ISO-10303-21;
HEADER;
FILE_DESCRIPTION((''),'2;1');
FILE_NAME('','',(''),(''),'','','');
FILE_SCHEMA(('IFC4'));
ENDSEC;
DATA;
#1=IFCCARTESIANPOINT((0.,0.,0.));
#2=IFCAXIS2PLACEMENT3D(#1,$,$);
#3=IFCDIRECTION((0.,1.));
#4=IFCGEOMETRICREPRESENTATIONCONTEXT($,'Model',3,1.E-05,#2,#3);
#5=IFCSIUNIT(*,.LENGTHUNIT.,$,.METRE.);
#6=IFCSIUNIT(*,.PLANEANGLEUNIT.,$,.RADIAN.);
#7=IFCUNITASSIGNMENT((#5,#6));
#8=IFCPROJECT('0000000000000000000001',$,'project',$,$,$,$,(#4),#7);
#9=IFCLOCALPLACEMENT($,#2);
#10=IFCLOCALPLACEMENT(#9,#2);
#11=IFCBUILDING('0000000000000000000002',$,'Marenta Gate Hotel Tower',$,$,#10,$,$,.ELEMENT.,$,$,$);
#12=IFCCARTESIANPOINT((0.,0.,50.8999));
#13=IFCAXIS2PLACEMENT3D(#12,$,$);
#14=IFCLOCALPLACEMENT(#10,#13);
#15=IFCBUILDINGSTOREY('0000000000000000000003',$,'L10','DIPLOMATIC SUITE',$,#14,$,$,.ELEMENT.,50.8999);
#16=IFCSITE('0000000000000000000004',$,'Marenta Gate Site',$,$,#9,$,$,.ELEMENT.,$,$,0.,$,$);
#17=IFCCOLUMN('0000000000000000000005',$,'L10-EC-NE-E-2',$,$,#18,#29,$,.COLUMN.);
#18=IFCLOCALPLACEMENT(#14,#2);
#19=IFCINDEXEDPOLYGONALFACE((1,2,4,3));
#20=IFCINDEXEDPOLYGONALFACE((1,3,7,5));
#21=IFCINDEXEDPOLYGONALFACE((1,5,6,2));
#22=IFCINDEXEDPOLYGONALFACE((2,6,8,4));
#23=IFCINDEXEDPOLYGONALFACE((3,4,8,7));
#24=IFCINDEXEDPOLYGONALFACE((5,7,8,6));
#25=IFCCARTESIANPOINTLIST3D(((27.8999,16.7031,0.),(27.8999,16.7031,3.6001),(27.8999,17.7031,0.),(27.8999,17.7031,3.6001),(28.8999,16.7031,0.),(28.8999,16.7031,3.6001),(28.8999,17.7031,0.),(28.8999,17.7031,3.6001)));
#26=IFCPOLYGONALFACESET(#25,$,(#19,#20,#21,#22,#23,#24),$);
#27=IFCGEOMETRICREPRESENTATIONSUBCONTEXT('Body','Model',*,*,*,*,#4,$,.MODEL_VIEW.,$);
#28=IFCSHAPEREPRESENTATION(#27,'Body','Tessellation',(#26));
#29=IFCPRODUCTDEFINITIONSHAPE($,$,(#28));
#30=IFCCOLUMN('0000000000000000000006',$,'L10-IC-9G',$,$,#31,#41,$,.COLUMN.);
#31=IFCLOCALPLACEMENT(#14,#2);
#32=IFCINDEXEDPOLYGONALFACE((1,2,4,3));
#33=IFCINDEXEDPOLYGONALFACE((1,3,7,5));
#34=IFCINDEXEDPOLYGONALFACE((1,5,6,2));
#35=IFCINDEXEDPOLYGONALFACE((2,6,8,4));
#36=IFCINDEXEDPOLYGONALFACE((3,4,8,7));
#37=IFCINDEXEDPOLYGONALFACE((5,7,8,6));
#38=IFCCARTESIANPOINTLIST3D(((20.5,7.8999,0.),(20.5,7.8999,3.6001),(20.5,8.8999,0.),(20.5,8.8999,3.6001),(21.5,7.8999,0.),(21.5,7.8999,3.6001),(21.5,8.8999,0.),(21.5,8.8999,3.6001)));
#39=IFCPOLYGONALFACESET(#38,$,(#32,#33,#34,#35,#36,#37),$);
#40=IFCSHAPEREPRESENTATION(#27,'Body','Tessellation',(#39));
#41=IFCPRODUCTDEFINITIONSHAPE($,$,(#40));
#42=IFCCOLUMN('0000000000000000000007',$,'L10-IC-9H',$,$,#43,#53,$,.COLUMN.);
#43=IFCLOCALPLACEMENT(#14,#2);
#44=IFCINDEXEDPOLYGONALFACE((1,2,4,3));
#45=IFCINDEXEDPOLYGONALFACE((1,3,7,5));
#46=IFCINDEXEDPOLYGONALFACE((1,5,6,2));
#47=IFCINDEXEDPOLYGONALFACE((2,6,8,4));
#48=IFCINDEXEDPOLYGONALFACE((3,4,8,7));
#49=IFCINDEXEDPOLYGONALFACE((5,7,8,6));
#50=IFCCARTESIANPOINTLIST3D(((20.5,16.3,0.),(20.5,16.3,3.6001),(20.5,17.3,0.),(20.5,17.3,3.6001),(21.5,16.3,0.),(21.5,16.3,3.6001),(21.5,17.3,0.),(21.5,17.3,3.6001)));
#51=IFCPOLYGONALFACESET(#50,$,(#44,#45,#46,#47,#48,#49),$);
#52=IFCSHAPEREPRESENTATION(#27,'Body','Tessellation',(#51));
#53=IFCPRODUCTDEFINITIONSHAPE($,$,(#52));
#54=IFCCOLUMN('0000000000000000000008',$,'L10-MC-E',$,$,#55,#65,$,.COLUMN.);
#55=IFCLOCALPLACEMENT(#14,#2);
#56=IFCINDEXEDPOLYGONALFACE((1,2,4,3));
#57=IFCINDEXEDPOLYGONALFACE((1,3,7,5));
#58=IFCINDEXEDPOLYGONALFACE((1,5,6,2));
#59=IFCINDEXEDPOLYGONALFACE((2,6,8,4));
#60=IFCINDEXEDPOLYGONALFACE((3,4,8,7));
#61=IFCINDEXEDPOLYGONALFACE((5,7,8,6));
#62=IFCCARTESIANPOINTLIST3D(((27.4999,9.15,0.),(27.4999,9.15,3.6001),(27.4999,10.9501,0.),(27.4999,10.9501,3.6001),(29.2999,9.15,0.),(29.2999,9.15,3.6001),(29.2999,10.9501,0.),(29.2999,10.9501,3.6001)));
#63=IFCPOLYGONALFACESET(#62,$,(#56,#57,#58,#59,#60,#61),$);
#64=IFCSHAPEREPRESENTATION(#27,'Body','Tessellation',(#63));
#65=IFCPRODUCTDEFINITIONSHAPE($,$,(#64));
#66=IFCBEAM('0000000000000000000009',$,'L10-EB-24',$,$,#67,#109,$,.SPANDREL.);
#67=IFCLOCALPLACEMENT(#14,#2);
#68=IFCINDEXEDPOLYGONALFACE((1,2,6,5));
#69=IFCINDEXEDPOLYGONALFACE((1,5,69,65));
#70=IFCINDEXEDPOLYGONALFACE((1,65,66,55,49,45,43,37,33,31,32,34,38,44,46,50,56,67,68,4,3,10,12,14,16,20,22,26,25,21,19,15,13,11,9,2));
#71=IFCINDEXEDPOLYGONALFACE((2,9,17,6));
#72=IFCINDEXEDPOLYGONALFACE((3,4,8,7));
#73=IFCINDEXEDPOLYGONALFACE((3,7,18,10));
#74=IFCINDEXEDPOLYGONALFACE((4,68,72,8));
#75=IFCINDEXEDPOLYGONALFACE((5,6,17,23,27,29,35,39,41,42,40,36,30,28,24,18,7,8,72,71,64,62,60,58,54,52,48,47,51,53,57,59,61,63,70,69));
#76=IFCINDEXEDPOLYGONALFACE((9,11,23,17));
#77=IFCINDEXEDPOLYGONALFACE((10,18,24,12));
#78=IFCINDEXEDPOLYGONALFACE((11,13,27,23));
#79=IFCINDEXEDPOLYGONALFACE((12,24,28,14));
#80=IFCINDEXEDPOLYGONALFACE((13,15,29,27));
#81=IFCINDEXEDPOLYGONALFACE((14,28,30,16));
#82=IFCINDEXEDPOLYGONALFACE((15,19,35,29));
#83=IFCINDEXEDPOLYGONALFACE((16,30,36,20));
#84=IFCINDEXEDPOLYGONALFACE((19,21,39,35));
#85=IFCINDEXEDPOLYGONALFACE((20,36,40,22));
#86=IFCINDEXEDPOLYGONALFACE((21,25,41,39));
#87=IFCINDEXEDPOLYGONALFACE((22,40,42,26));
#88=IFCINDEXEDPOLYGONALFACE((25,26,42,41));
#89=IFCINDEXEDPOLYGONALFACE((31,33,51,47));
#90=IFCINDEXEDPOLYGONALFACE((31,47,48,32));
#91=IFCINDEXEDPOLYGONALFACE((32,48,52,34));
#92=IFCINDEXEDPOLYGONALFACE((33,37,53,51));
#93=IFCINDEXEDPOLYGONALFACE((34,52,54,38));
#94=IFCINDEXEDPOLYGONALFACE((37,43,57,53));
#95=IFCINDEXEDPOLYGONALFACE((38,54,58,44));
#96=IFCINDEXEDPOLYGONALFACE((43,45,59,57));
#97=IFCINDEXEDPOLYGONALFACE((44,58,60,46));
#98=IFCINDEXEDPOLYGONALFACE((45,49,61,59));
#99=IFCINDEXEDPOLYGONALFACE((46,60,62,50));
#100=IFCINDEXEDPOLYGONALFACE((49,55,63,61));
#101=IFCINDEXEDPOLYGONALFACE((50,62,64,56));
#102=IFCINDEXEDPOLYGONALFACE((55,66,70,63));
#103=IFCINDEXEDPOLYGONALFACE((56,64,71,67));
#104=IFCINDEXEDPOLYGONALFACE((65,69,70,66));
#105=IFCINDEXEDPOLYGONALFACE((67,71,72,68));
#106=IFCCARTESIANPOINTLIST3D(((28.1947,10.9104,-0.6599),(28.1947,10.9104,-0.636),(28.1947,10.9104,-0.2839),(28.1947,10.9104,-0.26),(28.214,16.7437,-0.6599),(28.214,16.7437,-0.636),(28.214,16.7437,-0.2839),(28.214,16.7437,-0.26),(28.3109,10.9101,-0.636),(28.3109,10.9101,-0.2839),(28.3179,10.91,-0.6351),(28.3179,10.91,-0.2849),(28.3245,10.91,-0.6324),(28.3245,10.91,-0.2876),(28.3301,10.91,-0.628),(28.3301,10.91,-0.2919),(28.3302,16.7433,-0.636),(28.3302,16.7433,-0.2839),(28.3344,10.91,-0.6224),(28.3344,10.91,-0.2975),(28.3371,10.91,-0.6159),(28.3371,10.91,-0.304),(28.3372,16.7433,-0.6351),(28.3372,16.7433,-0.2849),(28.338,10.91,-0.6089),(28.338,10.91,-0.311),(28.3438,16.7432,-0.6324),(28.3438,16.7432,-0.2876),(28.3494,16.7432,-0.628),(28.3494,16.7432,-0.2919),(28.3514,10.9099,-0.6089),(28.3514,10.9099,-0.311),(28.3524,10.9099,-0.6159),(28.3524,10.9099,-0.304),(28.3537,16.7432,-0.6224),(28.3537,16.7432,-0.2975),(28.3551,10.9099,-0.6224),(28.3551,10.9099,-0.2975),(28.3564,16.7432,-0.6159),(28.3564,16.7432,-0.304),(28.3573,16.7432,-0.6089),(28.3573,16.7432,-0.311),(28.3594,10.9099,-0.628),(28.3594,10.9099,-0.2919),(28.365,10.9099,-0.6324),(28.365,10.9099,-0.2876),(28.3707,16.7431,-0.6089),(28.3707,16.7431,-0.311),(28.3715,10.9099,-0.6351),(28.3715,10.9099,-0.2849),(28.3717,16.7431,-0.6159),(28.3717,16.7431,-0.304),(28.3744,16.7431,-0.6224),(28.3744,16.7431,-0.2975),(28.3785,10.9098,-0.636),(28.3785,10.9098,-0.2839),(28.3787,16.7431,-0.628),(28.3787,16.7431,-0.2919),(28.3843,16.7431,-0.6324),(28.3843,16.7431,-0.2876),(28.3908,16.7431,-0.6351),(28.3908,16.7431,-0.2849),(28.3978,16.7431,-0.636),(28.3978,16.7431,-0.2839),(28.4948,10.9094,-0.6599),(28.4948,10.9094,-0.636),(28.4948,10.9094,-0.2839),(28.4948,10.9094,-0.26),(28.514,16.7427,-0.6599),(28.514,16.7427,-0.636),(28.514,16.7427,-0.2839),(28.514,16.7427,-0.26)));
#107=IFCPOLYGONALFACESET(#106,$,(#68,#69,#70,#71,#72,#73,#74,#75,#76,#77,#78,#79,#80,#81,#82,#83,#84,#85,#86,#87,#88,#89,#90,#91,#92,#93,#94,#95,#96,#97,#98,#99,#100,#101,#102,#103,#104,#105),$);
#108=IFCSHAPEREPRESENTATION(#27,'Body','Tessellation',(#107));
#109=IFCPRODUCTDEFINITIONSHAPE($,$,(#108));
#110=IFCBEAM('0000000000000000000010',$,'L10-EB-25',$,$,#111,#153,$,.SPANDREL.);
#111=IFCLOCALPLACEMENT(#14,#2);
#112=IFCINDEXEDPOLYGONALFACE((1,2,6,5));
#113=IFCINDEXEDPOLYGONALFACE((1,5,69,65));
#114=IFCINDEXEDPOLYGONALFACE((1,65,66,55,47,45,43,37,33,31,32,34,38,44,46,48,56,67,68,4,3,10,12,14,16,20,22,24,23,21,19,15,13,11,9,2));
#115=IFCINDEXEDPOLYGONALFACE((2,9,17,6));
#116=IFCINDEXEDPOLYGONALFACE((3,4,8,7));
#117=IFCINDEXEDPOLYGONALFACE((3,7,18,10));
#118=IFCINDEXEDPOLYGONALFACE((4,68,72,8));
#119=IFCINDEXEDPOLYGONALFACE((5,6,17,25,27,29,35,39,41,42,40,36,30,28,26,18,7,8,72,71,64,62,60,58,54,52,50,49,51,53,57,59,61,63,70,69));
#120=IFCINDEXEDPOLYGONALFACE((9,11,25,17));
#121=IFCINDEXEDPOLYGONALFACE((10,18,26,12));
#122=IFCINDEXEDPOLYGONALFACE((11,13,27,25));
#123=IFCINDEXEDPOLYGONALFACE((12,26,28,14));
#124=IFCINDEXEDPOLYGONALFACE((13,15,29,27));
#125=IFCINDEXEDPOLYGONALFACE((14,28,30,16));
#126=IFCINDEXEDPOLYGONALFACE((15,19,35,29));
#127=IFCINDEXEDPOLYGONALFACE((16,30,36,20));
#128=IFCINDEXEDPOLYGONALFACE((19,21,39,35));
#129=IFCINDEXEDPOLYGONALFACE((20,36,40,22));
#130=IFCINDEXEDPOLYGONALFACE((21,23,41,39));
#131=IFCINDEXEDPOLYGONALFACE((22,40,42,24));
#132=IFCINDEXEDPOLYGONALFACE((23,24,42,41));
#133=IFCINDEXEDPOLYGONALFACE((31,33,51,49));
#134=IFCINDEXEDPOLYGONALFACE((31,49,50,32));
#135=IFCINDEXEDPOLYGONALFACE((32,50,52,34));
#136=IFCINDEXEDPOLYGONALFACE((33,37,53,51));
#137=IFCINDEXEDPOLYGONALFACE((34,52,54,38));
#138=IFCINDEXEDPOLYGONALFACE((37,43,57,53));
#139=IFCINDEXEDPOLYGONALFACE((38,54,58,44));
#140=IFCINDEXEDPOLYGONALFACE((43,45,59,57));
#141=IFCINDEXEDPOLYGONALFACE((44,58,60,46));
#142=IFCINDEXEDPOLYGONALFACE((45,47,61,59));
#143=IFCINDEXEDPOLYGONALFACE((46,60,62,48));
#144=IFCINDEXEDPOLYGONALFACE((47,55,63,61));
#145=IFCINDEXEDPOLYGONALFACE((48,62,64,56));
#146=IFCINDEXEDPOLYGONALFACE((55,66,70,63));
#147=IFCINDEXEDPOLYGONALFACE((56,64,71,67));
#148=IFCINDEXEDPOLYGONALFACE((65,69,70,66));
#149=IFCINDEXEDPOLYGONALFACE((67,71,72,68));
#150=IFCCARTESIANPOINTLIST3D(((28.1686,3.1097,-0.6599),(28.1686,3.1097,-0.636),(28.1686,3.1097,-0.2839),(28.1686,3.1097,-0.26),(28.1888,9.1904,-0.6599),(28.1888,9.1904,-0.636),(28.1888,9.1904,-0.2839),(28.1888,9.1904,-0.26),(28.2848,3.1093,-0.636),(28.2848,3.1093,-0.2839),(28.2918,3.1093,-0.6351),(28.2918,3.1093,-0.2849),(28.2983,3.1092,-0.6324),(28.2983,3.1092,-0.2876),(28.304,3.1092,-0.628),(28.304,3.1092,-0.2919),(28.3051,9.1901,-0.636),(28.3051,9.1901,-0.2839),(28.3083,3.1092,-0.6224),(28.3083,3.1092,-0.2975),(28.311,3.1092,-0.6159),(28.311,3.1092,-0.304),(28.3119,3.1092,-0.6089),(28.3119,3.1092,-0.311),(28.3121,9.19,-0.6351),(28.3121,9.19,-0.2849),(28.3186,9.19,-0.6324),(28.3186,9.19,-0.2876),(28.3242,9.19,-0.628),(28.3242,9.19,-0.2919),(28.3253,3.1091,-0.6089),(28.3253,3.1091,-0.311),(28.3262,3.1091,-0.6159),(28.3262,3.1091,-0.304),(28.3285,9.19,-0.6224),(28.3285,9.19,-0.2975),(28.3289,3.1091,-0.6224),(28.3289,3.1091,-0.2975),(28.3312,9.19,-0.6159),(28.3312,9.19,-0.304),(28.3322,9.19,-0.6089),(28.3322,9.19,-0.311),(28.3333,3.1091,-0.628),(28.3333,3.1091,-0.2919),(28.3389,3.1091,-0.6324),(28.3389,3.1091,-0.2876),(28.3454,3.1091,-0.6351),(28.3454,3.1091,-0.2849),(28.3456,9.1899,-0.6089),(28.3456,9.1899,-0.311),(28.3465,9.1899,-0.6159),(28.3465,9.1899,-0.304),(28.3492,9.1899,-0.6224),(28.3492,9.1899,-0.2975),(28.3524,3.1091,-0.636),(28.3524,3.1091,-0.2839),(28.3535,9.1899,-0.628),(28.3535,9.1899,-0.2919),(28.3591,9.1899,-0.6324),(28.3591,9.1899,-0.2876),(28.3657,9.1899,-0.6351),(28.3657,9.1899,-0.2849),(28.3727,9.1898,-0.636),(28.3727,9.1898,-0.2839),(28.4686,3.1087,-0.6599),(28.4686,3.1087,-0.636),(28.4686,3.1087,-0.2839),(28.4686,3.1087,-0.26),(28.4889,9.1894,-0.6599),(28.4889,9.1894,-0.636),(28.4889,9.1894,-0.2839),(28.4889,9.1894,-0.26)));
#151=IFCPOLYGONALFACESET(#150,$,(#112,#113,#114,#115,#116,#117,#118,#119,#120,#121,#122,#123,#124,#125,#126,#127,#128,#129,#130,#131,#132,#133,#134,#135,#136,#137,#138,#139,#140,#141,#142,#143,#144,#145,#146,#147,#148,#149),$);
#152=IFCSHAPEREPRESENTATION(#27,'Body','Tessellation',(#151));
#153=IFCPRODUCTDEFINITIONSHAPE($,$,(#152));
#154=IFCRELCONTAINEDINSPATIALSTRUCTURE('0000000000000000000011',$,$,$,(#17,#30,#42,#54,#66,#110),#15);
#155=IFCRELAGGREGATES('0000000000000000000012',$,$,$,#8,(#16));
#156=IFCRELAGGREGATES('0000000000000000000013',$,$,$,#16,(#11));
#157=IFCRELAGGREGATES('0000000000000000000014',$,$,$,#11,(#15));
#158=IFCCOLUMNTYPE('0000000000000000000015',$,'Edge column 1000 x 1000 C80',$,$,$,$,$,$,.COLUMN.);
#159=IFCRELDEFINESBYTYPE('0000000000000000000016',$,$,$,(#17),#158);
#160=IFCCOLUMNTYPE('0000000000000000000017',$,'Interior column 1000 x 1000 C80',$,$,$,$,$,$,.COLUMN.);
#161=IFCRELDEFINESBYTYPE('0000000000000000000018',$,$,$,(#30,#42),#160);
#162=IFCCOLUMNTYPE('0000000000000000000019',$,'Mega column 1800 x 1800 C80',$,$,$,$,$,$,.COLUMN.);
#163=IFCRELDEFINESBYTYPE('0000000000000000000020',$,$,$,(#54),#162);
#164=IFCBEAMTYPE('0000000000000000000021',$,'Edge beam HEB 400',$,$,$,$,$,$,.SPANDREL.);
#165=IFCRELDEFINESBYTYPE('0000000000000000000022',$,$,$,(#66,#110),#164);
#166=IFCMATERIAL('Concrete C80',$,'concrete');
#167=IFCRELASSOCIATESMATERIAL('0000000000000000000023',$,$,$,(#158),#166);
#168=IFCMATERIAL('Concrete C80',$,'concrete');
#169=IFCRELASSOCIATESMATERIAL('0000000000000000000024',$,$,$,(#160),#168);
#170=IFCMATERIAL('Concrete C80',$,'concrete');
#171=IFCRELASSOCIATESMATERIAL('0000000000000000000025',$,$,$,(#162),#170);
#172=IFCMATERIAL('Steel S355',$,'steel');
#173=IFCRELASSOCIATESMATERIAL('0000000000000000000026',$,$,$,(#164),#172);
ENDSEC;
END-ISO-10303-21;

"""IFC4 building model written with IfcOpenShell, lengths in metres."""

from ifc_helpers import new_model, si_unit, direction, frame, origin, origin_2d, place, context, subcontext, project, spatial, rectangle, i_section, extrude, material, material_profile, profile_set, type_object, element, save


model = new_model("IFC4")

# Units and contexts
model_context = context("Model", 3, precision=1e-05, world=origin(), true_north=direction((0.0, 1.0)))
body_context = subcontext(model_context, "Body", "Model", "MODEL_VIEW")
ifc_project = project(units=[si_unit("LENGTHUNIT", "METRE"), si_unit("PLANEANGLEUNIT", "RADIAN")], contexts=[model_context])

# Site, building, storey
site_placement = place(None, origin())
site = spatial("IfcSite", under=ifc_project, at=site_placement, Name="Marenta Gate Site", CompositionType="ELEMENT", RefElevation=0.0)
building_placement = place(site_placement, origin())
building = spatial("IfcBuilding", under=site, at=building_placement, Name="Marenta Gate Hotel Tower", CompositionType="ELEMENT")
storey_placement = place(building_placement, frame((0.0, 0.0, 50.8999)))
storey = spatial("IfcBuildingStorey", under=building, at=storey_placement, Name="L10", Description="DIPLOMATIC SUITE", CompositionType="ELEMENT", Elevation=50.8999)

# Columns
ifc_material_1 = material(Name="Concrete C80", Category="concrete")
ifc_material_profile_1 = material_profile(ifc_material_1, rectangle(XDim=1.0, YDim=1.0, at=origin_2d()), Name="1000 x 1000")
ifc_profile_set_1 = profile_set([ifc_material_profile_1], Name="Concrete C80")
column_type_1 = type_object("IfcColumnType", Name="Edge column 1000 x 1000 C80", PredefinedType="COLUMN", material=ifc_profile_set_1)
column_1_placement = place(storey_placement, frame((28.3999, 17.2031, 0.0), z_axis=(0.0, 0.0, 1.0), x_axis=(1.0, 0.0, 0.0)))
element("IfcColumn", 1, at=column_1_placement, inside=storey, type_object=column_type_1, Name="L10-EC-NE-E-2", PredefinedType="COLUMN", context=body_context, shape_type="SweptSolid", body=[
    extrude(rectangle(XDim=1.0, YDim=1.0, at=origin_2d()), origin(), (0.0, 0.0, 1.0), 3.6001),
])
ifc_material_2 = material(Name="Concrete C80", Category="concrete")
ifc_material_profile_2 = material_profile(ifc_material_2, rectangle(XDim=1.0, YDim=1.0, at=origin_2d()), Name="1000 x 1000")
ifc_profile_set_2 = profile_set([ifc_material_profile_2], Name="Concrete C80")
column_type_2 = type_object("IfcColumnType", Name="Interior column 1000 x 1000 C80", PredefinedType="COLUMN", material=ifc_profile_set_2)
for number, where, z_axis, x_axis, name in (
    (2, (21.0, 8.3999, 0.0), (0.0, 0.0, 1.0), (1.0, 0.0, 0.0), "L10-IC-9G"),
    (3, (21.0, 16.8, 0.0), (0.0, 0.0, 1.0), (1.0, 0.0, 0.0), "L10-IC-9H"),
):
    element("IfcColumn", number, at=place(storey_placement, frame(where, z_axis=z_axis, x_axis=x_axis)), inside=storey, type_object=column_type_2, Name=name, PredefinedType="COLUMN", context=body_context, shape_type="SweptSolid", body=[
        extrude(rectangle(XDim=1.0, YDim=1.0, at=origin_2d()), origin(), (0.0, 0.0, 1.0), 3.6001),
    ])
ifc_material_3 = material(Name="Concrete C80", Category="concrete")
ifc_material_profile_3 = material_profile(ifc_material_3, rectangle(XDim=1.8, YDim=1.8, at=origin_2d()), Name="1800 x 1800")
ifc_profile_set_3 = profile_set([ifc_material_profile_3], Name="Concrete C80")
column_type_3 = type_object("IfcColumnType", Name="Mega column 1800 x 1800 C80", PredefinedType="COLUMN", material=ifc_profile_set_3)
column_2_placement = place(storey_placement, frame((28.3999, 10.05, 0.0), z_axis=(0.0, 0.0, 1.0), x_axis=(1.0, 0.0, 0.0)))
element("IfcColumn", 4, at=column_2_placement, inside=storey, type_object=column_type_3, Name="L10-MC-E", PredefinedType="COLUMN", context=body_context, shape_type="SweptSolid", body=[
    extrude(rectangle(XDim=1.8, YDim=1.8, at=origin_2d()), origin(), (0.0, 0.0, 1.0), 3.6001),
])

# Beams
ifc_material_4 = material(Name="Steel S355", Category="steel")
ifc_material_profile_4 = material_profile(ifc_material_4, i_section(OverallWidth=0.3, OverallDepth=0.3999, WebThickness=0.0134, FlangeThickness=0.0239, FilletRadius=0.0271, at=origin_2d()), Name="HEB 400")
ifc_profile_set_4 = profile_set([ifc_material_profile_4], Name="Steel S355")
beam_type_1 = type_object("IfcBeamType", Name="Edge beam HEB 400", PredefinedType="SPANDREL", material=ifc_profile_set_4)
beam_1_placement = place(storey_placement, frame((28.364, 16.7432, -0.46), z_axis=(-0.003306, -0.999995, 0.0), x_axis=(0.999995, -0.003306, 0.0)))
element("IfcBeam", 5, at=beam_1_placement, inside=storey, type_object=beam_type_1, Name="L10-EB-24", PredefinedType="SPANDREL", context=body_context, shape_type="SweptSolid", body=[
    extrude(i_section(OverallWidth=0.3, OverallDepth=0.3999, WebThickness=0.0134, FlangeThickness=0.0239, FilletRadius=0.0271, at=origin_2d()), origin(), (0.0, 0.0, 1.0), 5.8333),
])
beam_2_placement = place(storey_placement, frame((28.3389, 9.1899, -0.46), z_axis=(-0.003332, -0.999994, 0.0), x_axis=(0.999994, -0.003332, 0.0)))
element("IfcBeam", 6, at=beam_2_placement, inside=storey, type_object=beam_type_1, Name="L10-EB-25", PredefinedType="SPANDREL", context=body_context, shape_type="SweptSolid", body=[
    extrude(i_section(OverallWidth=0.3, OverallDepth=0.3999, WebThickness=0.0134, FlangeThickness=0.0239, FilletRadius=0.0271, at=origin_2d()), origin(), (0.0, 0.0, 1.0), 6.0808),
])

save(model, "model.ifc")
